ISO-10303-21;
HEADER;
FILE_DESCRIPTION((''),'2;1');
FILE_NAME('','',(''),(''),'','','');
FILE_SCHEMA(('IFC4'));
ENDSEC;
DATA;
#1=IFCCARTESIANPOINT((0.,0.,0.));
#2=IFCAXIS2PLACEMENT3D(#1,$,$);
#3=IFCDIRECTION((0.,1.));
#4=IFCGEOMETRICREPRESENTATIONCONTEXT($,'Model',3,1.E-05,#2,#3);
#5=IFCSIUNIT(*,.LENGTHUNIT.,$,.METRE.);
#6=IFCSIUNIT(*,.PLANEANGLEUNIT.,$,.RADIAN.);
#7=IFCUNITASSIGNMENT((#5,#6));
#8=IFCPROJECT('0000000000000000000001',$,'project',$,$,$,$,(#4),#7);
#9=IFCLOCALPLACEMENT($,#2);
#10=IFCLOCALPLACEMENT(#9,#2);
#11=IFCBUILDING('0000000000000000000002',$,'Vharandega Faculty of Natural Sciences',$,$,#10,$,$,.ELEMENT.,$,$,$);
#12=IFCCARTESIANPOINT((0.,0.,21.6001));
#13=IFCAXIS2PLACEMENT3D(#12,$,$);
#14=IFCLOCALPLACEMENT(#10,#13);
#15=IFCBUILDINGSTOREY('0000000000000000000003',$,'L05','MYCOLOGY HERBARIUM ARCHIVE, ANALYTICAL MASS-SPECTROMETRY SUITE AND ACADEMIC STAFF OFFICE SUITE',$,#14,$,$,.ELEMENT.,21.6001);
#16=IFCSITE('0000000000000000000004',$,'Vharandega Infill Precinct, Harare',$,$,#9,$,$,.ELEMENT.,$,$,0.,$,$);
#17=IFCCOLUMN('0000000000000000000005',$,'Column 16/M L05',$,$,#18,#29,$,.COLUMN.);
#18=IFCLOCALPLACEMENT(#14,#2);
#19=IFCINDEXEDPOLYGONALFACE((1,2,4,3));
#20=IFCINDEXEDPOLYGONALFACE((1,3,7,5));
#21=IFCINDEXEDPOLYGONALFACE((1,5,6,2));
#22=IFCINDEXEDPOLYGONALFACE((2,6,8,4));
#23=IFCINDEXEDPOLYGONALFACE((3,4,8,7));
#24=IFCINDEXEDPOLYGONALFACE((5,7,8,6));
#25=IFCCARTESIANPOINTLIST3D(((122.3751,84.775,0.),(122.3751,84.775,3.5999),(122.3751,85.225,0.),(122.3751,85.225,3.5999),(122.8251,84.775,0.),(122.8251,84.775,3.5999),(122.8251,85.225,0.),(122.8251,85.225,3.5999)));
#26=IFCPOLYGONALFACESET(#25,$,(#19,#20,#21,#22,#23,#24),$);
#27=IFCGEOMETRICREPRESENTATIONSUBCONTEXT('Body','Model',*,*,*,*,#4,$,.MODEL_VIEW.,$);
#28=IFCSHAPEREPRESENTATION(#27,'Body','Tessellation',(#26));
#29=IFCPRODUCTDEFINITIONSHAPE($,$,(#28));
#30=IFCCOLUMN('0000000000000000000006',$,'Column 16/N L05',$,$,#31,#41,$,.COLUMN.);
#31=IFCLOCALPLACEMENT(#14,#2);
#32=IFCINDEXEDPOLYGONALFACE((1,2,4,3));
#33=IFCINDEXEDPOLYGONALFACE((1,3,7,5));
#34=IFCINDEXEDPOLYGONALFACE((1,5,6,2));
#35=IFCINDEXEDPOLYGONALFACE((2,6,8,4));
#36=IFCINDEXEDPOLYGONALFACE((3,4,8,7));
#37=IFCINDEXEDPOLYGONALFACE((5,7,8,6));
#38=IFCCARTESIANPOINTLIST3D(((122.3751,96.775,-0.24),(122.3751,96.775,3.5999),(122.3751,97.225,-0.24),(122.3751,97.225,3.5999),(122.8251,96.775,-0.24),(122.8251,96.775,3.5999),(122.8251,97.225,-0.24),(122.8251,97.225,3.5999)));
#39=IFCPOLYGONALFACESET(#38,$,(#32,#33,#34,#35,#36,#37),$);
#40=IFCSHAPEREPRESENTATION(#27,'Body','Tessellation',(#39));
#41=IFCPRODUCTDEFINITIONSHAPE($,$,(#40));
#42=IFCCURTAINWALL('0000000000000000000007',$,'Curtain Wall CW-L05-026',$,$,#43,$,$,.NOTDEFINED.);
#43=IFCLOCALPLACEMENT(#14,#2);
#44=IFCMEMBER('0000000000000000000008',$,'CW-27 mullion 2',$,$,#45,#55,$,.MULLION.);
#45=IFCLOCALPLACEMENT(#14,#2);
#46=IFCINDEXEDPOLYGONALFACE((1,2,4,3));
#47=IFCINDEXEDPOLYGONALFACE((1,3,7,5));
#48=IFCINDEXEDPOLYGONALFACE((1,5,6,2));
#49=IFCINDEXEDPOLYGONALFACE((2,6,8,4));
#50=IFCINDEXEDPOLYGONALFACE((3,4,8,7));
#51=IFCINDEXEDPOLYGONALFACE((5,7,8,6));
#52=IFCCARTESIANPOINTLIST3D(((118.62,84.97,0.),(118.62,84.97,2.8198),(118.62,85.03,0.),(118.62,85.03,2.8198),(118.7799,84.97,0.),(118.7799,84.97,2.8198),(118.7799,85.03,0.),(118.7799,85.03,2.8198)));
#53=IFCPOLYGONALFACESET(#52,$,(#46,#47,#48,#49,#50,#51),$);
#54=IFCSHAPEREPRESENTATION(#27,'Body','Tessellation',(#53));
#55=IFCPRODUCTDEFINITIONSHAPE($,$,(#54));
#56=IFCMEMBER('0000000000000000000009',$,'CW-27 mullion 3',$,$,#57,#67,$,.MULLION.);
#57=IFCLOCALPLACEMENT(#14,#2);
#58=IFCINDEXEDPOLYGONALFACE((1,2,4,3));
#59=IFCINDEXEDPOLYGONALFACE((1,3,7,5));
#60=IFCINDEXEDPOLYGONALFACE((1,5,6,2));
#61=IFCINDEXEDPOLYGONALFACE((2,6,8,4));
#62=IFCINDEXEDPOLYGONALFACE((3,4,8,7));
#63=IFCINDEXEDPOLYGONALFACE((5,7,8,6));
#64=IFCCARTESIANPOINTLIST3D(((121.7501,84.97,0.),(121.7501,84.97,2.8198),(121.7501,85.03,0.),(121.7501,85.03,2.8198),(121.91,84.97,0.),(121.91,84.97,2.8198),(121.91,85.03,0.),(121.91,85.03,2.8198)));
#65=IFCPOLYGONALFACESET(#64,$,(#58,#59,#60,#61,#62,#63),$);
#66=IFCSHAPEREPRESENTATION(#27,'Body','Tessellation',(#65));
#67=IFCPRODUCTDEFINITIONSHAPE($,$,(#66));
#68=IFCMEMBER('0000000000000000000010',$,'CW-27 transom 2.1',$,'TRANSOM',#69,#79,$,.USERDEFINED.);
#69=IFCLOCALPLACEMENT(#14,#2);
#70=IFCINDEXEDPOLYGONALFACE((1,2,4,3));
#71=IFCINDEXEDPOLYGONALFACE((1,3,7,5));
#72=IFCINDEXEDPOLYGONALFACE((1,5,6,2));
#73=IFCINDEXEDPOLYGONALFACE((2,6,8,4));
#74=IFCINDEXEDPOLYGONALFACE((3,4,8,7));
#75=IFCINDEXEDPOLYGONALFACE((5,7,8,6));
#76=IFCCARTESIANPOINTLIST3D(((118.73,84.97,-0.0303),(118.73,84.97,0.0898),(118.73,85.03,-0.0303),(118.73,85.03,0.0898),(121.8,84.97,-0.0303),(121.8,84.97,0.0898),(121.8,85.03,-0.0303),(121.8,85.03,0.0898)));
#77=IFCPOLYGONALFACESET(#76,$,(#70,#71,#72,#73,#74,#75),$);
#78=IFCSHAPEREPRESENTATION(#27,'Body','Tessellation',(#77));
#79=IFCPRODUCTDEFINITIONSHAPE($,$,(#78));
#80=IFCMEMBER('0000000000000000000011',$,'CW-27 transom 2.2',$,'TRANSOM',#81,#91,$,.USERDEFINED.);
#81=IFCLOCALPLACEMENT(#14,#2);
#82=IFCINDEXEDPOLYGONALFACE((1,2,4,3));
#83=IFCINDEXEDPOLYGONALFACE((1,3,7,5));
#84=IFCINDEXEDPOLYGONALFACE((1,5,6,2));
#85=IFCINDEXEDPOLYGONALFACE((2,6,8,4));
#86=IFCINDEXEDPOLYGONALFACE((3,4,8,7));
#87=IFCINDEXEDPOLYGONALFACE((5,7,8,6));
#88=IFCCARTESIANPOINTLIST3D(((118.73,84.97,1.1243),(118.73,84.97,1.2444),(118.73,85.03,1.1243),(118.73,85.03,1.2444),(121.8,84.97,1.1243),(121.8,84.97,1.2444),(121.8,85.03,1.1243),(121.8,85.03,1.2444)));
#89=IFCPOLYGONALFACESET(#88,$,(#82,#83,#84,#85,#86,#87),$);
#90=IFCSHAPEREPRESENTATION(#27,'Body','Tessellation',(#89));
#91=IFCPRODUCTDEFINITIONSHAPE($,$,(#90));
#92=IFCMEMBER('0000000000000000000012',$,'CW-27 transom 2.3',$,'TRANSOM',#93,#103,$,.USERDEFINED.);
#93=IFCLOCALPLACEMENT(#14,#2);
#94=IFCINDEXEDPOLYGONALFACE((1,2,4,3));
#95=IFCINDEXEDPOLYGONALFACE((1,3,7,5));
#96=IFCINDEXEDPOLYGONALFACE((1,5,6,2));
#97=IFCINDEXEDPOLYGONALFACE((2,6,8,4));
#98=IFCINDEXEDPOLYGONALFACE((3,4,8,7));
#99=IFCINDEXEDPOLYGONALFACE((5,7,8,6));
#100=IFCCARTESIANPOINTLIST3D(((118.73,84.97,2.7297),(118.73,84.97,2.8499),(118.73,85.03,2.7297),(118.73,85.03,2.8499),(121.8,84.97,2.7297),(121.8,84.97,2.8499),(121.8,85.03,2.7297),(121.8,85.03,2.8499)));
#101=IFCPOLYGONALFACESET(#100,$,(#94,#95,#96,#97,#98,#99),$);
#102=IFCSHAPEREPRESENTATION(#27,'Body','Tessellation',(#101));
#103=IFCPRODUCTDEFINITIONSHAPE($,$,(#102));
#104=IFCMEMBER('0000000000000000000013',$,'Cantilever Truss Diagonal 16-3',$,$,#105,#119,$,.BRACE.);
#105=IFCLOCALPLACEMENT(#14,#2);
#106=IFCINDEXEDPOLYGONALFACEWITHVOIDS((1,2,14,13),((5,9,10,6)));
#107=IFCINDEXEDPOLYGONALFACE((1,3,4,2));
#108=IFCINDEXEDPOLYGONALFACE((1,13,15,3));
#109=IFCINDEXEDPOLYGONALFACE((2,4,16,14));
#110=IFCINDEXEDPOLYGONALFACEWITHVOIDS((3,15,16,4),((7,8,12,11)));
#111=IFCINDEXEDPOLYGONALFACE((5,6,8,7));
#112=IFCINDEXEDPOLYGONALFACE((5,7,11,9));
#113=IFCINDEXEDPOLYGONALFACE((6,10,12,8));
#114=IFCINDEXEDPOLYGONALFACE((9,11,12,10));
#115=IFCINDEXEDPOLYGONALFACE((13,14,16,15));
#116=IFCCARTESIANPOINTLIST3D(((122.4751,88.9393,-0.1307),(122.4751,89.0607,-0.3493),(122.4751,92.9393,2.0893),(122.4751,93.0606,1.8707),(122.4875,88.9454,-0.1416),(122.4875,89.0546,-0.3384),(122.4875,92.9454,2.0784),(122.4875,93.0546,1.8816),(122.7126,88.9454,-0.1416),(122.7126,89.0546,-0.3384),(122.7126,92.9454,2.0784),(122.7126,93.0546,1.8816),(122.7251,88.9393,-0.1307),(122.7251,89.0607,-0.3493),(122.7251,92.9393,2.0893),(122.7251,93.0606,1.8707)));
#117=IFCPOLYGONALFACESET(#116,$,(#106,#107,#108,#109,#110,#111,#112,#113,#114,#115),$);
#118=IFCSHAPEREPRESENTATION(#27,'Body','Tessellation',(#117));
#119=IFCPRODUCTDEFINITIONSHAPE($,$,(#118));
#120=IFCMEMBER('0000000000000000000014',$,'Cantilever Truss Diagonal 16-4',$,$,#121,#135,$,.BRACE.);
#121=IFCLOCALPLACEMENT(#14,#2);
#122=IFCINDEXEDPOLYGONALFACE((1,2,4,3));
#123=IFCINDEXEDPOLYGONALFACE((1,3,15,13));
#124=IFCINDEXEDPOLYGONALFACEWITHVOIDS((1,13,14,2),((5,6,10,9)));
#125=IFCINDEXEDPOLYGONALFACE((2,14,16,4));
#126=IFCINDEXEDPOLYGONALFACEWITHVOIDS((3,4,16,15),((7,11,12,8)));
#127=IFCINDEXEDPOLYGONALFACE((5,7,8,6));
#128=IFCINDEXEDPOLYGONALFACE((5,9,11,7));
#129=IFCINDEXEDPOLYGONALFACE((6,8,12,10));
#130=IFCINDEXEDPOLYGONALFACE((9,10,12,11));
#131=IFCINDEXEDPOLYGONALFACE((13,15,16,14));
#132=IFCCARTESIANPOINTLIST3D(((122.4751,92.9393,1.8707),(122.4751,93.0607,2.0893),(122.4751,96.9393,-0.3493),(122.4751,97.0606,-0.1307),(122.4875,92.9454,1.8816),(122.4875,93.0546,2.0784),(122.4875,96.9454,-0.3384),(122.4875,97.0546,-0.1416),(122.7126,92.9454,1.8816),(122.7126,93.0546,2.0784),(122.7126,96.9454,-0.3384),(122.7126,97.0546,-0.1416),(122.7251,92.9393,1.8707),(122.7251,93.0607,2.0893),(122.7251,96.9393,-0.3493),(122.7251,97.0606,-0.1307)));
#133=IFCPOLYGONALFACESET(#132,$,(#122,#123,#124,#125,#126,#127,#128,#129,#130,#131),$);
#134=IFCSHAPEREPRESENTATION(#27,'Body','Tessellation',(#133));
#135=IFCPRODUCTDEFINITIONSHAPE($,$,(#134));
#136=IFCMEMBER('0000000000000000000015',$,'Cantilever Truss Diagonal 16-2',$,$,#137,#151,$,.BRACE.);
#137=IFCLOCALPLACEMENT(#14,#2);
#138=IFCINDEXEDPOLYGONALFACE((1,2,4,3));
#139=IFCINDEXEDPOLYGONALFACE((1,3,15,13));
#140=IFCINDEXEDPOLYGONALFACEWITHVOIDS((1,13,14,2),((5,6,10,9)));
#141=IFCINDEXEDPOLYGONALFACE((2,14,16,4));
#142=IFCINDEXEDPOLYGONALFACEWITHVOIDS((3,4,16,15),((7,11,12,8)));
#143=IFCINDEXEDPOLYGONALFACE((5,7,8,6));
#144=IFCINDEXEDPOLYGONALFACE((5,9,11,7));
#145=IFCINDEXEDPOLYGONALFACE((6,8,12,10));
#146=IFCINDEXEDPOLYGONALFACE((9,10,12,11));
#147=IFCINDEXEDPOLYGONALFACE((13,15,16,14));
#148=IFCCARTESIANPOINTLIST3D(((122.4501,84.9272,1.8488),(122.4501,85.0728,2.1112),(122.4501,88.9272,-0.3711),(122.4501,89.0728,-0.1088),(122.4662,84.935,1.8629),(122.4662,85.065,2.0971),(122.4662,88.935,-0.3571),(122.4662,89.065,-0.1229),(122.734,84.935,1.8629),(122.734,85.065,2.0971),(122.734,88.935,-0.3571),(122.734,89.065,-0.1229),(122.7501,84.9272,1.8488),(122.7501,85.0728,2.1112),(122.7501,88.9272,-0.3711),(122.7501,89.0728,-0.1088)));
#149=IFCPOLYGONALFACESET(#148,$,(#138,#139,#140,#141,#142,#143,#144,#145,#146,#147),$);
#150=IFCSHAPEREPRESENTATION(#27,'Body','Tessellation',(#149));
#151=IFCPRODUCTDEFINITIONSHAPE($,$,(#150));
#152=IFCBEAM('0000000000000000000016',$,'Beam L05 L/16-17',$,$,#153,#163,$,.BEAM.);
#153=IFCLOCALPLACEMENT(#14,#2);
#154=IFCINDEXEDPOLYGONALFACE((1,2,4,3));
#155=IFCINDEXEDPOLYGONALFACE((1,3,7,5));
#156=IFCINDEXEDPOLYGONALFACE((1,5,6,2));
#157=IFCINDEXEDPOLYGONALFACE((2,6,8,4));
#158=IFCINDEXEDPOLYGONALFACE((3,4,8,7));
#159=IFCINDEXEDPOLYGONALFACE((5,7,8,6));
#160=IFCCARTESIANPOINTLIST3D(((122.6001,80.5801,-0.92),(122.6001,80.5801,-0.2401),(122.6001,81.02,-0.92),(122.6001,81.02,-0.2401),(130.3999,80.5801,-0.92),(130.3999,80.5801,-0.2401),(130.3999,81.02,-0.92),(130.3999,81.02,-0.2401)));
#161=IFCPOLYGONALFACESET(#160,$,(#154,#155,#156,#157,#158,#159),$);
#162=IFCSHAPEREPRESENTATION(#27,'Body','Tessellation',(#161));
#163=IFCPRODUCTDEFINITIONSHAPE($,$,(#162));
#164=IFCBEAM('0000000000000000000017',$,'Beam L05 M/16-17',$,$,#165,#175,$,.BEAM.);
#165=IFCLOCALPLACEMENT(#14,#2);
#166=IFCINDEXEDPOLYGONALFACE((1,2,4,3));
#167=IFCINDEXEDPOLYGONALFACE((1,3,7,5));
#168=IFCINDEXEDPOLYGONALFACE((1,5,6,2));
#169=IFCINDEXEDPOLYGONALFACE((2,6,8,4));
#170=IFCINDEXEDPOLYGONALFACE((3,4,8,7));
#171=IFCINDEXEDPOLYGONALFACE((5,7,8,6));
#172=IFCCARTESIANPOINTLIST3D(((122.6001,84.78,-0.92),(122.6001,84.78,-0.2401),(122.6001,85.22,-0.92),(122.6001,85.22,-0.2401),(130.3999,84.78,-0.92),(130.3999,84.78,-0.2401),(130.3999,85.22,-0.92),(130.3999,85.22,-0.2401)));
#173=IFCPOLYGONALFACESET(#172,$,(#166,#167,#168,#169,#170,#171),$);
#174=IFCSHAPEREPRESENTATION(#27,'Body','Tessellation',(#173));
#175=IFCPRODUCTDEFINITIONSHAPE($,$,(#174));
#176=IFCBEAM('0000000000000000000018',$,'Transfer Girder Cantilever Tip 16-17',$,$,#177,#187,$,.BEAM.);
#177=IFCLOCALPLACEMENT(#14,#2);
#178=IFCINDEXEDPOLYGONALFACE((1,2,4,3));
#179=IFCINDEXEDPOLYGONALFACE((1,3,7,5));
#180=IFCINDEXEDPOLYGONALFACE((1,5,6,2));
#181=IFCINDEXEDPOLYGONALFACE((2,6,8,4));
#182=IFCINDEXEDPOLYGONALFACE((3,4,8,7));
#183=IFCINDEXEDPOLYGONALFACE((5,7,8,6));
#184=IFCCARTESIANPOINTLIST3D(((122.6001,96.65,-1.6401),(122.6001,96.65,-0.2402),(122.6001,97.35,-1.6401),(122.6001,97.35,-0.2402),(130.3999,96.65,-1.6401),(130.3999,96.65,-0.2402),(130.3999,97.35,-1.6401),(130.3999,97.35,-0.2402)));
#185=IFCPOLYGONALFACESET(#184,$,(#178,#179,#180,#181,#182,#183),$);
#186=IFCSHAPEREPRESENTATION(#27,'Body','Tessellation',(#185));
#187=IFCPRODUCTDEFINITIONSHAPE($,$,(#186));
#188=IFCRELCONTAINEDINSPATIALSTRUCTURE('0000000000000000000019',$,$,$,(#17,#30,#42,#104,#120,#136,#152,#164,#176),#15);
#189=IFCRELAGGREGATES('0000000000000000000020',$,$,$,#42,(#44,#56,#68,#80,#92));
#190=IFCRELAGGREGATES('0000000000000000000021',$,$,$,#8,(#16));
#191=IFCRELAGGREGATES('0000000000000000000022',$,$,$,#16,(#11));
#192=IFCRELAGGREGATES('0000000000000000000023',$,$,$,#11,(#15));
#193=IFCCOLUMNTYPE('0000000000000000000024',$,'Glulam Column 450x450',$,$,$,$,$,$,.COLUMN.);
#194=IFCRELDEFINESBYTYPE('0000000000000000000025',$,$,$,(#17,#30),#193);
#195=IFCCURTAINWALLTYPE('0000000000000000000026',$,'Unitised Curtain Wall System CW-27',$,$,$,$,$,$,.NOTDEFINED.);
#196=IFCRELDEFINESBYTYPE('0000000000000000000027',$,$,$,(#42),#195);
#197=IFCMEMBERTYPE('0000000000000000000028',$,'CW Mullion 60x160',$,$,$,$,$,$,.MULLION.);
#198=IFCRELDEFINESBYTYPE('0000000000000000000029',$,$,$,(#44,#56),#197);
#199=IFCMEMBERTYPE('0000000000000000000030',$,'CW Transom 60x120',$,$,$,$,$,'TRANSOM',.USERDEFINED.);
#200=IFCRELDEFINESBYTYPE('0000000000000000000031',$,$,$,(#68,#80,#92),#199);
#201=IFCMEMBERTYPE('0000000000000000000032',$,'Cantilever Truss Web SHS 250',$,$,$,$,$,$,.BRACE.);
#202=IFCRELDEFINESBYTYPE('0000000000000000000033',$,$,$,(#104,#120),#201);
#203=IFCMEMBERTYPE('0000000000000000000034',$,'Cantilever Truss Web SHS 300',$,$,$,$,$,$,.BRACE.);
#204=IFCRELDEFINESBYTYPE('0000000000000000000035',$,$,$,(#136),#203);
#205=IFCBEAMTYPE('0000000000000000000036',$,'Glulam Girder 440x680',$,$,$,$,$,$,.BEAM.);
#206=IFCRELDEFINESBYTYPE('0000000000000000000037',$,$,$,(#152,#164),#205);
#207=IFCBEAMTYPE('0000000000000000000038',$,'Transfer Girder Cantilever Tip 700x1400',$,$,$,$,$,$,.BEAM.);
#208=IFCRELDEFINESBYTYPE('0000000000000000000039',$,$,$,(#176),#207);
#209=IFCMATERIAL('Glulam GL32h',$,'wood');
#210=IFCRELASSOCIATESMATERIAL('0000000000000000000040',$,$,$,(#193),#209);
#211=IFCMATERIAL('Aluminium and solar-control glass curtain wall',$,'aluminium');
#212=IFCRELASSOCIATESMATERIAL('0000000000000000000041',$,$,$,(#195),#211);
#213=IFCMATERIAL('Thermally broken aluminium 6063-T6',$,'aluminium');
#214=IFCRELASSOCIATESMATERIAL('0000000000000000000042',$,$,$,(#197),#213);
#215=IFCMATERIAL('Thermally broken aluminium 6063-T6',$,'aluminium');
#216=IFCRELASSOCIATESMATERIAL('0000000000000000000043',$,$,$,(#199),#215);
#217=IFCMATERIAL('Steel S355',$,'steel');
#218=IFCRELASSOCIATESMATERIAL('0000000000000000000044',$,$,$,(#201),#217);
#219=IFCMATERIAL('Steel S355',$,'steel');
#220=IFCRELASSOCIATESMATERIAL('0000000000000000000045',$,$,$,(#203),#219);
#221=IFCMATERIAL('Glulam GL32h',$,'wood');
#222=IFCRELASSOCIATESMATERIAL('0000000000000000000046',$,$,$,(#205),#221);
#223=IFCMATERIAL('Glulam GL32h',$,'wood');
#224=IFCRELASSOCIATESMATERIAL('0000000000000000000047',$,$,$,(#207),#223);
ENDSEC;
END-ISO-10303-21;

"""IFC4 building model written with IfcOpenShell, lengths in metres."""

from ifc_helpers import new_model, si_unit, direction, frame, origin, origin_2d, place, context, subcontext, project, spatial, rectangle, hollow_rectangle, extrude, material, material_profile, profile_set, type_object, element, aggregate, save


model = new_model("IFC4")

# Units and contexts
model_context = context("Model", 3, precision=1e-05, world=origin(), true_north=direction((0.0, 1.0)))
body_context = subcontext(model_context, "Body", "Model", "MODEL_VIEW")
ifc_project = project(units=[si_unit("LENGTHUNIT", "METRE"), si_unit("PLANEANGLEUNIT", "RADIAN")], contexts=[model_context])

# Site, building, storey
site_placement = place(None, origin())
site = spatial("IfcSite", under=ifc_project, at=site_placement, Name="Vharandega Infill Precinct, Harare", CompositionType="ELEMENT", RefElevation=0.0)
building_placement = place(site_placement, origin())
building = spatial("IfcBuilding", under=site, at=building_placement, Name="Vharandega Faculty of Natural Sciences", CompositionType="ELEMENT")
storey_placement = place(building_placement, frame((0.0, 0.0, 21.6001)))
storey = spatial("IfcBuildingStorey", under=building, at=storey_placement, Name="L05", Description="MYCOLOGY HERBARIUM ARCHIVE, ANALYTICAL MASS-SPECTROMETRY SUITE AND ACADEMIC STAFF OFFICE SUITE", CompositionType="ELEMENT", Elevation=21.6001)

# Columns
ifc_material_1 = material(Name="Glulam GL32h", Category="wood")
ifc_material_profile_1 = material_profile(ifc_material_1, rectangle(XDim=0.45, YDim=0.45, at=origin_2d()), Name="GL32h 450x450")
ifc_profile_set_1 = profile_set([ifc_material_profile_1], Name="Glulam GL32h")
column_type = type_object("IfcColumnType", Name="Glulam Column 450x450", PredefinedType="COLUMN", material=ifc_profile_set_1)
column_1_placement = place(storey_placement, frame((122.6001, 85.0, 0.0), z_axis=(0.0, 0.0, 1.0), x_axis=(1.0, 0.0, 0.0)))
element("IfcColumn", 1, at=column_1_placement, inside=storey, type_object=column_type, Name="Column 16/M L05", PredefinedType="COLUMN", context=body_context, shape_type="SweptSolid", body=[
    extrude(rectangle(XDim=0.45, YDim=0.45, at=origin_2d()), origin(), (0.0, 0.0, 1.0), 3.5999),
])
column_2_placement = place(storey_placement, frame((122.6001, 97.0, -0.24), z_axis=(0.0, 0.0, 1.0), x_axis=(1.0, 0.0, 0.0)))
element("IfcColumn", 2, at=column_2_placement, inside=storey, type_object=column_type, Name="Column 16/N L05", PredefinedType="COLUMN", context=body_context, shape_type="SweptSolid", body=[
    extrude(rectangle(XDim=0.45, YDim=0.45, at=origin_2d()), origin(), (0.0, 0.0, 1.0), 3.8398),
])

# Curtain wall, members
ifc_material_2 = material(Name="Aluminium and solar-control glass curtain wall", Category="aluminium")
curtain_wall_type = type_object("IfcCurtainWallType", Name="Unitised Curtain Wall System CW-27", PredefinedType="NOTDEFINED", material=ifc_material_2)
curtain_wall_placement = place(storey_placement, origin())
curtain_wall = element("IfcCurtainWall", 3, at=curtain_wall_placement, inside=storey, type_object=curtain_wall_type, Name="Curtain Wall CW-L05-026", PredefinedType="NOTDEFINED")
ifc_material_3 = material(Name="Thermally broken aluminium 6063-T6", Category="aluminium")
ifc_material_profile_2 = material_profile(ifc_material_3, rectangle(XDim=0.0601, YDim=0.1599, at=origin_2d()), Name="ALU 60x160")
ifc_profile_set_2 = profile_set([ifc_material_profile_2], Name="Thermally broken aluminium 6063-T6")
member_type_1 = type_object("IfcMemberType", Name="CW Mullion 60x160", PredefinedType="MULLION", material=ifc_profile_set_2)
member_1_placement = place(storey_placement, frame((118.7, 85.0, 0.0), z_axis=(0.0, 0.0, 1.0), x_axis=(0.0, 1.0, 0.0)))
member_1 = element("IfcMember", 4, at=member_1_placement, type_object=member_type_1, Name="CW-27 mullion 2", PredefinedType="MULLION", context=body_context, shape_type="SweptSolid", body=[
    extrude(rectangle(XDim=0.0601, YDim=0.1599, at=origin_2d()), origin(), (0.0, 0.0, 1.0), 2.8198),
])
member_2_placement = place(storey_placement, frame((121.8301, 85.0, 0.0), z_axis=(0.0, 0.0, 1.0), x_axis=(0.0, 1.0, 0.0)))
member_2 = element("IfcMember", 5, at=member_2_placement, type_object=member_type_1, Name="CW-27 mullion 3", PredefinedType="MULLION", context=body_context, shape_type="SweptSolid", body=[
    extrude(rectangle(XDim=0.0601, YDim=0.1599, at=origin_2d()), origin(), (0.0, 0.0, 1.0), 2.8198),
])
ifc_material_4 = material(Name="Thermally broken aluminium 6063-T6", Category="aluminium")
ifc_material_profile_3 = material_profile(ifc_material_4, rectangle(XDim=0.0601, YDim=0.1201, at=origin_2d()), Name="ALU 60x120")
ifc_profile_set_3 = profile_set([ifc_material_profile_3], Name="Thermally broken aluminium 6063-T6")
member_type_2 = type_object("IfcMemberType", Name="CW Transom 60x120", ElementType="TRANSOM", PredefinedType="USERDEFINED", material=ifc_profile_set_3)
member_3_placement = place(storey_placement, frame((118.73, 85.0, 0.0298), z_axis=(1.0, 0.0, 0.0), x_axis=(0.0, 1.0, 0.0)))
member_3 = element("IfcMember", 6, at=member_3_placement, type_object=member_type_2, Name="CW-27 transom 2.1", ObjectType="TRANSOM", PredefinedType="USERDEFINED", context=body_context, shape_type="SweptSolid", body=[
    extrude(rectangle(XDim=0.0601, YDim=0.1201, at=origin_2d()), origin(), (0.0, 0.0, 1.0), 3.0701),
])
member_4_placement = place(storey_placement, frame((118.73, 85.0, 1.1843), z_axis=(1.0, 0.0, 0.0), x_axis=(0.0, 1.0, 0.0)))
member_4 = element("IfcMember", 7, at=member_4_placement, type_object=member_type_2, Name="CW-27 transom 2.2", ObjectType="TRANSOM", PredefinedType="USERDEFINED", context=body_context, shape_type="SweptSolid", body=[
    extrude(rectangle(XDim=0.0601, YDim=0.1201, at=origin_2d()), origin(), (0.0, 0.0, 1.0), 3.0701),
])
member_5_placement = place(storey_placement, frame((118.73, 85.0, 2.7898), z_axis=(1.0, 0.0, 0.0), x_axis=(0.0, 1.0, 0.0)))
member_5 = element("IfcMember", 8, at=member_5_placement, type_object=member_type_2, Name="CW-27 transom 2.3", ObjectType="TRANSOM", PredefinedType="USERDEFINED", context=body_context, shape_type="SweptSolid", body=[
    extrude(rectangle(XDim=0.0601, YDim=0.1201, at=origin_2d()), origin(), (0.0, 0.0, 1.0), 3.0701),
])

# Members
ifc_material_5 = material(Name="Steel S355", Category="steel")
ifc_material_profile_4 = material_profile(ifc_material_5, hollow_rectangle(XDim=0.25, YDim=0.25, WallThickness=0.0125, at=origin_2d()), Name="SHS 250x250x12.5")
ifc_profile_set_4 = profile_set([ifc_material_profile_4], Name="Steel S355")
member_type_3 = type_object("IfcMemberType", Name="Cantilever Truss Web SHS 250", PredefinedType="BRACE", material=ifc_profile_set_4)
for number, where, z_axis, x_axis, name in (
    (9, (122.6001, 89.0, -0.24), (0.0, 0.874366, 0.485267), (-1.0, 0.0, 0.0), "Cantilever Truss Diagonal 16-3"),
    (10, (122.6001, 93.0, 1.98), (0.0, 0.874366, -0.485267), (-1.0, 0.0, 0.0), "Cantilever Truss Diagonal 16-4"),
):
    element("IfcMember", number, at=place(storey_placement, frame(where, z_axis=z_axis, x_axis=x_axis)), inside=storey, type_object=member_type_3, Name=name, PredefinedType="BRACE", context=body_context, shape_type="SweptSolid", body=[
        extrude(hollow_rectangle(XDim=0.25, YDim=0.25, WallThickness=0.0125, at=origin_2d()), origin(), (0.0, 0.0, 1.0), 4.5747),
    ])
ifc_material_6 = material(Name="Steel S355", Category="steel")
ifc_material_profile_5 = material_profile(ifc_material_6, hollow_rectangle(XDim=0.3, YDim=0.3, WallThickness=0.0161, at=origin_2d()), Name="SHS 300x300x16")
ifc_profile_set_5 = profile_set([ifc_material_profile_5], Name="Steel S355")
member_type_4 = type_object("IfcMemberType", Name="Cantilever Truss Web SHS 300", PredefinedType="BRACE", material=ifc_profile_set_5)
member_6_placement = place(storey_placement, frame((122.6001, 85.0, 1.98), z_axis=(0.0, 0.874366, -0.485267), x_axis=(-1.0, 0.0, 0.0)))
element("IfcMember", 11, at=member_6_placement, inside=storey, type_object=member_type_4, Name="Cantilever Truss Diagonal 16-2", PredefinedType="BRACE", context=body_context, shape_type="SweptSolid", body=[
    extrude(hollow_rectangle(XDim=0.3, YDim=0.3, WallThickness=0.0161, at=origin_2d()), origin(), (0.0, 0.0, 1.0), 4.5747),
])

# Beams
ifc_material_7 = material(Name="Glulam GL32h", Category="wood")
ifc_material_profile_6 = material_profile(ifc_material_7, rectangle(XDim=0.4399, YDim=0.6799, at=origin_2d()), Name="GL32h 440x680")
ifc_profile_set_6 = profile_set([ifc_material_profile_6], Name="Glulam GL32h")
beam_type_1 = type_object("IfcBeamType", Name="Glulam Girder 440x680", PredefinedType="BEAM", material=ifc_profile_set_6)
for number, where, z_axis, x_axis, name in (
    (12, (122.6001, 80.8, -0.5801), (1.0, 0.0, 0.0), (0.0, 1.0, 0.0), "Beam L05 L/16-17"),
    (13, (122.6001, 85.0, -0.5801), (1.0, 0.0, 0.0), (0.0, 1.0, 0.0), "Beam L05 M/16-17"),
):
    element("IfcBeam", number, at=place(storey_placement, frame(where, z_axis=z_axis, x_axis=x_axis)), inside=storey, type_object=beam_type_1, Name=name, PredefinedType="BEAM", context=body_context, shape_type="SweptSolid", body=[
        extrude(rectangle(XDim=0.4399, YDim=0.6799, at=origin_2d()), origin(), (0.0, 0.0, 1.0), 7.7998),
    ])
ifc_material_8 = material(Name="Glulam GL32h", Category="wood")
ifc_material_profile_7 = material_profile(ifc_material_8, rectangle(XDim=0.7, YDim=1.3999, at=origin_2d()), Name="GL32h 700x1400")
ifc_profile_set_7 = profile_set([ifc_material_profile_7], Name="Glulam GL32h")
beam_type_2 = type_object("IfcBeamType", Name="Transfer Girder Cantilever Tip 700x1400", PredefinedType="BEAM", material=ifc_profile_set_7)
beam_placement = place(storey_placement, frame((122.6001, 97.0, -0.9402), z_axis=(1.0, 0.0, 0.0), x_axis=(0.0, 1.0, 0.0)))
element("IfcBeam", 14, at=beam_placement, inside=storey, type_object=beam_type_2, Name="Transfer Girder Cantilever Tip 16-17", PredefinedType="BEAM", context=body_context, shape_type="SweptSolid", body=[
    extrude(rectangle(XDim=0.7, YDim=1.3999, at=origin_2d()), origin(), (0.0, 0.0, 1.0), 7.7998),
])

aggregate(curtain_wall, [member_1, member_2, member_3, member_4, member_5])

save(model, "model.ifc")
